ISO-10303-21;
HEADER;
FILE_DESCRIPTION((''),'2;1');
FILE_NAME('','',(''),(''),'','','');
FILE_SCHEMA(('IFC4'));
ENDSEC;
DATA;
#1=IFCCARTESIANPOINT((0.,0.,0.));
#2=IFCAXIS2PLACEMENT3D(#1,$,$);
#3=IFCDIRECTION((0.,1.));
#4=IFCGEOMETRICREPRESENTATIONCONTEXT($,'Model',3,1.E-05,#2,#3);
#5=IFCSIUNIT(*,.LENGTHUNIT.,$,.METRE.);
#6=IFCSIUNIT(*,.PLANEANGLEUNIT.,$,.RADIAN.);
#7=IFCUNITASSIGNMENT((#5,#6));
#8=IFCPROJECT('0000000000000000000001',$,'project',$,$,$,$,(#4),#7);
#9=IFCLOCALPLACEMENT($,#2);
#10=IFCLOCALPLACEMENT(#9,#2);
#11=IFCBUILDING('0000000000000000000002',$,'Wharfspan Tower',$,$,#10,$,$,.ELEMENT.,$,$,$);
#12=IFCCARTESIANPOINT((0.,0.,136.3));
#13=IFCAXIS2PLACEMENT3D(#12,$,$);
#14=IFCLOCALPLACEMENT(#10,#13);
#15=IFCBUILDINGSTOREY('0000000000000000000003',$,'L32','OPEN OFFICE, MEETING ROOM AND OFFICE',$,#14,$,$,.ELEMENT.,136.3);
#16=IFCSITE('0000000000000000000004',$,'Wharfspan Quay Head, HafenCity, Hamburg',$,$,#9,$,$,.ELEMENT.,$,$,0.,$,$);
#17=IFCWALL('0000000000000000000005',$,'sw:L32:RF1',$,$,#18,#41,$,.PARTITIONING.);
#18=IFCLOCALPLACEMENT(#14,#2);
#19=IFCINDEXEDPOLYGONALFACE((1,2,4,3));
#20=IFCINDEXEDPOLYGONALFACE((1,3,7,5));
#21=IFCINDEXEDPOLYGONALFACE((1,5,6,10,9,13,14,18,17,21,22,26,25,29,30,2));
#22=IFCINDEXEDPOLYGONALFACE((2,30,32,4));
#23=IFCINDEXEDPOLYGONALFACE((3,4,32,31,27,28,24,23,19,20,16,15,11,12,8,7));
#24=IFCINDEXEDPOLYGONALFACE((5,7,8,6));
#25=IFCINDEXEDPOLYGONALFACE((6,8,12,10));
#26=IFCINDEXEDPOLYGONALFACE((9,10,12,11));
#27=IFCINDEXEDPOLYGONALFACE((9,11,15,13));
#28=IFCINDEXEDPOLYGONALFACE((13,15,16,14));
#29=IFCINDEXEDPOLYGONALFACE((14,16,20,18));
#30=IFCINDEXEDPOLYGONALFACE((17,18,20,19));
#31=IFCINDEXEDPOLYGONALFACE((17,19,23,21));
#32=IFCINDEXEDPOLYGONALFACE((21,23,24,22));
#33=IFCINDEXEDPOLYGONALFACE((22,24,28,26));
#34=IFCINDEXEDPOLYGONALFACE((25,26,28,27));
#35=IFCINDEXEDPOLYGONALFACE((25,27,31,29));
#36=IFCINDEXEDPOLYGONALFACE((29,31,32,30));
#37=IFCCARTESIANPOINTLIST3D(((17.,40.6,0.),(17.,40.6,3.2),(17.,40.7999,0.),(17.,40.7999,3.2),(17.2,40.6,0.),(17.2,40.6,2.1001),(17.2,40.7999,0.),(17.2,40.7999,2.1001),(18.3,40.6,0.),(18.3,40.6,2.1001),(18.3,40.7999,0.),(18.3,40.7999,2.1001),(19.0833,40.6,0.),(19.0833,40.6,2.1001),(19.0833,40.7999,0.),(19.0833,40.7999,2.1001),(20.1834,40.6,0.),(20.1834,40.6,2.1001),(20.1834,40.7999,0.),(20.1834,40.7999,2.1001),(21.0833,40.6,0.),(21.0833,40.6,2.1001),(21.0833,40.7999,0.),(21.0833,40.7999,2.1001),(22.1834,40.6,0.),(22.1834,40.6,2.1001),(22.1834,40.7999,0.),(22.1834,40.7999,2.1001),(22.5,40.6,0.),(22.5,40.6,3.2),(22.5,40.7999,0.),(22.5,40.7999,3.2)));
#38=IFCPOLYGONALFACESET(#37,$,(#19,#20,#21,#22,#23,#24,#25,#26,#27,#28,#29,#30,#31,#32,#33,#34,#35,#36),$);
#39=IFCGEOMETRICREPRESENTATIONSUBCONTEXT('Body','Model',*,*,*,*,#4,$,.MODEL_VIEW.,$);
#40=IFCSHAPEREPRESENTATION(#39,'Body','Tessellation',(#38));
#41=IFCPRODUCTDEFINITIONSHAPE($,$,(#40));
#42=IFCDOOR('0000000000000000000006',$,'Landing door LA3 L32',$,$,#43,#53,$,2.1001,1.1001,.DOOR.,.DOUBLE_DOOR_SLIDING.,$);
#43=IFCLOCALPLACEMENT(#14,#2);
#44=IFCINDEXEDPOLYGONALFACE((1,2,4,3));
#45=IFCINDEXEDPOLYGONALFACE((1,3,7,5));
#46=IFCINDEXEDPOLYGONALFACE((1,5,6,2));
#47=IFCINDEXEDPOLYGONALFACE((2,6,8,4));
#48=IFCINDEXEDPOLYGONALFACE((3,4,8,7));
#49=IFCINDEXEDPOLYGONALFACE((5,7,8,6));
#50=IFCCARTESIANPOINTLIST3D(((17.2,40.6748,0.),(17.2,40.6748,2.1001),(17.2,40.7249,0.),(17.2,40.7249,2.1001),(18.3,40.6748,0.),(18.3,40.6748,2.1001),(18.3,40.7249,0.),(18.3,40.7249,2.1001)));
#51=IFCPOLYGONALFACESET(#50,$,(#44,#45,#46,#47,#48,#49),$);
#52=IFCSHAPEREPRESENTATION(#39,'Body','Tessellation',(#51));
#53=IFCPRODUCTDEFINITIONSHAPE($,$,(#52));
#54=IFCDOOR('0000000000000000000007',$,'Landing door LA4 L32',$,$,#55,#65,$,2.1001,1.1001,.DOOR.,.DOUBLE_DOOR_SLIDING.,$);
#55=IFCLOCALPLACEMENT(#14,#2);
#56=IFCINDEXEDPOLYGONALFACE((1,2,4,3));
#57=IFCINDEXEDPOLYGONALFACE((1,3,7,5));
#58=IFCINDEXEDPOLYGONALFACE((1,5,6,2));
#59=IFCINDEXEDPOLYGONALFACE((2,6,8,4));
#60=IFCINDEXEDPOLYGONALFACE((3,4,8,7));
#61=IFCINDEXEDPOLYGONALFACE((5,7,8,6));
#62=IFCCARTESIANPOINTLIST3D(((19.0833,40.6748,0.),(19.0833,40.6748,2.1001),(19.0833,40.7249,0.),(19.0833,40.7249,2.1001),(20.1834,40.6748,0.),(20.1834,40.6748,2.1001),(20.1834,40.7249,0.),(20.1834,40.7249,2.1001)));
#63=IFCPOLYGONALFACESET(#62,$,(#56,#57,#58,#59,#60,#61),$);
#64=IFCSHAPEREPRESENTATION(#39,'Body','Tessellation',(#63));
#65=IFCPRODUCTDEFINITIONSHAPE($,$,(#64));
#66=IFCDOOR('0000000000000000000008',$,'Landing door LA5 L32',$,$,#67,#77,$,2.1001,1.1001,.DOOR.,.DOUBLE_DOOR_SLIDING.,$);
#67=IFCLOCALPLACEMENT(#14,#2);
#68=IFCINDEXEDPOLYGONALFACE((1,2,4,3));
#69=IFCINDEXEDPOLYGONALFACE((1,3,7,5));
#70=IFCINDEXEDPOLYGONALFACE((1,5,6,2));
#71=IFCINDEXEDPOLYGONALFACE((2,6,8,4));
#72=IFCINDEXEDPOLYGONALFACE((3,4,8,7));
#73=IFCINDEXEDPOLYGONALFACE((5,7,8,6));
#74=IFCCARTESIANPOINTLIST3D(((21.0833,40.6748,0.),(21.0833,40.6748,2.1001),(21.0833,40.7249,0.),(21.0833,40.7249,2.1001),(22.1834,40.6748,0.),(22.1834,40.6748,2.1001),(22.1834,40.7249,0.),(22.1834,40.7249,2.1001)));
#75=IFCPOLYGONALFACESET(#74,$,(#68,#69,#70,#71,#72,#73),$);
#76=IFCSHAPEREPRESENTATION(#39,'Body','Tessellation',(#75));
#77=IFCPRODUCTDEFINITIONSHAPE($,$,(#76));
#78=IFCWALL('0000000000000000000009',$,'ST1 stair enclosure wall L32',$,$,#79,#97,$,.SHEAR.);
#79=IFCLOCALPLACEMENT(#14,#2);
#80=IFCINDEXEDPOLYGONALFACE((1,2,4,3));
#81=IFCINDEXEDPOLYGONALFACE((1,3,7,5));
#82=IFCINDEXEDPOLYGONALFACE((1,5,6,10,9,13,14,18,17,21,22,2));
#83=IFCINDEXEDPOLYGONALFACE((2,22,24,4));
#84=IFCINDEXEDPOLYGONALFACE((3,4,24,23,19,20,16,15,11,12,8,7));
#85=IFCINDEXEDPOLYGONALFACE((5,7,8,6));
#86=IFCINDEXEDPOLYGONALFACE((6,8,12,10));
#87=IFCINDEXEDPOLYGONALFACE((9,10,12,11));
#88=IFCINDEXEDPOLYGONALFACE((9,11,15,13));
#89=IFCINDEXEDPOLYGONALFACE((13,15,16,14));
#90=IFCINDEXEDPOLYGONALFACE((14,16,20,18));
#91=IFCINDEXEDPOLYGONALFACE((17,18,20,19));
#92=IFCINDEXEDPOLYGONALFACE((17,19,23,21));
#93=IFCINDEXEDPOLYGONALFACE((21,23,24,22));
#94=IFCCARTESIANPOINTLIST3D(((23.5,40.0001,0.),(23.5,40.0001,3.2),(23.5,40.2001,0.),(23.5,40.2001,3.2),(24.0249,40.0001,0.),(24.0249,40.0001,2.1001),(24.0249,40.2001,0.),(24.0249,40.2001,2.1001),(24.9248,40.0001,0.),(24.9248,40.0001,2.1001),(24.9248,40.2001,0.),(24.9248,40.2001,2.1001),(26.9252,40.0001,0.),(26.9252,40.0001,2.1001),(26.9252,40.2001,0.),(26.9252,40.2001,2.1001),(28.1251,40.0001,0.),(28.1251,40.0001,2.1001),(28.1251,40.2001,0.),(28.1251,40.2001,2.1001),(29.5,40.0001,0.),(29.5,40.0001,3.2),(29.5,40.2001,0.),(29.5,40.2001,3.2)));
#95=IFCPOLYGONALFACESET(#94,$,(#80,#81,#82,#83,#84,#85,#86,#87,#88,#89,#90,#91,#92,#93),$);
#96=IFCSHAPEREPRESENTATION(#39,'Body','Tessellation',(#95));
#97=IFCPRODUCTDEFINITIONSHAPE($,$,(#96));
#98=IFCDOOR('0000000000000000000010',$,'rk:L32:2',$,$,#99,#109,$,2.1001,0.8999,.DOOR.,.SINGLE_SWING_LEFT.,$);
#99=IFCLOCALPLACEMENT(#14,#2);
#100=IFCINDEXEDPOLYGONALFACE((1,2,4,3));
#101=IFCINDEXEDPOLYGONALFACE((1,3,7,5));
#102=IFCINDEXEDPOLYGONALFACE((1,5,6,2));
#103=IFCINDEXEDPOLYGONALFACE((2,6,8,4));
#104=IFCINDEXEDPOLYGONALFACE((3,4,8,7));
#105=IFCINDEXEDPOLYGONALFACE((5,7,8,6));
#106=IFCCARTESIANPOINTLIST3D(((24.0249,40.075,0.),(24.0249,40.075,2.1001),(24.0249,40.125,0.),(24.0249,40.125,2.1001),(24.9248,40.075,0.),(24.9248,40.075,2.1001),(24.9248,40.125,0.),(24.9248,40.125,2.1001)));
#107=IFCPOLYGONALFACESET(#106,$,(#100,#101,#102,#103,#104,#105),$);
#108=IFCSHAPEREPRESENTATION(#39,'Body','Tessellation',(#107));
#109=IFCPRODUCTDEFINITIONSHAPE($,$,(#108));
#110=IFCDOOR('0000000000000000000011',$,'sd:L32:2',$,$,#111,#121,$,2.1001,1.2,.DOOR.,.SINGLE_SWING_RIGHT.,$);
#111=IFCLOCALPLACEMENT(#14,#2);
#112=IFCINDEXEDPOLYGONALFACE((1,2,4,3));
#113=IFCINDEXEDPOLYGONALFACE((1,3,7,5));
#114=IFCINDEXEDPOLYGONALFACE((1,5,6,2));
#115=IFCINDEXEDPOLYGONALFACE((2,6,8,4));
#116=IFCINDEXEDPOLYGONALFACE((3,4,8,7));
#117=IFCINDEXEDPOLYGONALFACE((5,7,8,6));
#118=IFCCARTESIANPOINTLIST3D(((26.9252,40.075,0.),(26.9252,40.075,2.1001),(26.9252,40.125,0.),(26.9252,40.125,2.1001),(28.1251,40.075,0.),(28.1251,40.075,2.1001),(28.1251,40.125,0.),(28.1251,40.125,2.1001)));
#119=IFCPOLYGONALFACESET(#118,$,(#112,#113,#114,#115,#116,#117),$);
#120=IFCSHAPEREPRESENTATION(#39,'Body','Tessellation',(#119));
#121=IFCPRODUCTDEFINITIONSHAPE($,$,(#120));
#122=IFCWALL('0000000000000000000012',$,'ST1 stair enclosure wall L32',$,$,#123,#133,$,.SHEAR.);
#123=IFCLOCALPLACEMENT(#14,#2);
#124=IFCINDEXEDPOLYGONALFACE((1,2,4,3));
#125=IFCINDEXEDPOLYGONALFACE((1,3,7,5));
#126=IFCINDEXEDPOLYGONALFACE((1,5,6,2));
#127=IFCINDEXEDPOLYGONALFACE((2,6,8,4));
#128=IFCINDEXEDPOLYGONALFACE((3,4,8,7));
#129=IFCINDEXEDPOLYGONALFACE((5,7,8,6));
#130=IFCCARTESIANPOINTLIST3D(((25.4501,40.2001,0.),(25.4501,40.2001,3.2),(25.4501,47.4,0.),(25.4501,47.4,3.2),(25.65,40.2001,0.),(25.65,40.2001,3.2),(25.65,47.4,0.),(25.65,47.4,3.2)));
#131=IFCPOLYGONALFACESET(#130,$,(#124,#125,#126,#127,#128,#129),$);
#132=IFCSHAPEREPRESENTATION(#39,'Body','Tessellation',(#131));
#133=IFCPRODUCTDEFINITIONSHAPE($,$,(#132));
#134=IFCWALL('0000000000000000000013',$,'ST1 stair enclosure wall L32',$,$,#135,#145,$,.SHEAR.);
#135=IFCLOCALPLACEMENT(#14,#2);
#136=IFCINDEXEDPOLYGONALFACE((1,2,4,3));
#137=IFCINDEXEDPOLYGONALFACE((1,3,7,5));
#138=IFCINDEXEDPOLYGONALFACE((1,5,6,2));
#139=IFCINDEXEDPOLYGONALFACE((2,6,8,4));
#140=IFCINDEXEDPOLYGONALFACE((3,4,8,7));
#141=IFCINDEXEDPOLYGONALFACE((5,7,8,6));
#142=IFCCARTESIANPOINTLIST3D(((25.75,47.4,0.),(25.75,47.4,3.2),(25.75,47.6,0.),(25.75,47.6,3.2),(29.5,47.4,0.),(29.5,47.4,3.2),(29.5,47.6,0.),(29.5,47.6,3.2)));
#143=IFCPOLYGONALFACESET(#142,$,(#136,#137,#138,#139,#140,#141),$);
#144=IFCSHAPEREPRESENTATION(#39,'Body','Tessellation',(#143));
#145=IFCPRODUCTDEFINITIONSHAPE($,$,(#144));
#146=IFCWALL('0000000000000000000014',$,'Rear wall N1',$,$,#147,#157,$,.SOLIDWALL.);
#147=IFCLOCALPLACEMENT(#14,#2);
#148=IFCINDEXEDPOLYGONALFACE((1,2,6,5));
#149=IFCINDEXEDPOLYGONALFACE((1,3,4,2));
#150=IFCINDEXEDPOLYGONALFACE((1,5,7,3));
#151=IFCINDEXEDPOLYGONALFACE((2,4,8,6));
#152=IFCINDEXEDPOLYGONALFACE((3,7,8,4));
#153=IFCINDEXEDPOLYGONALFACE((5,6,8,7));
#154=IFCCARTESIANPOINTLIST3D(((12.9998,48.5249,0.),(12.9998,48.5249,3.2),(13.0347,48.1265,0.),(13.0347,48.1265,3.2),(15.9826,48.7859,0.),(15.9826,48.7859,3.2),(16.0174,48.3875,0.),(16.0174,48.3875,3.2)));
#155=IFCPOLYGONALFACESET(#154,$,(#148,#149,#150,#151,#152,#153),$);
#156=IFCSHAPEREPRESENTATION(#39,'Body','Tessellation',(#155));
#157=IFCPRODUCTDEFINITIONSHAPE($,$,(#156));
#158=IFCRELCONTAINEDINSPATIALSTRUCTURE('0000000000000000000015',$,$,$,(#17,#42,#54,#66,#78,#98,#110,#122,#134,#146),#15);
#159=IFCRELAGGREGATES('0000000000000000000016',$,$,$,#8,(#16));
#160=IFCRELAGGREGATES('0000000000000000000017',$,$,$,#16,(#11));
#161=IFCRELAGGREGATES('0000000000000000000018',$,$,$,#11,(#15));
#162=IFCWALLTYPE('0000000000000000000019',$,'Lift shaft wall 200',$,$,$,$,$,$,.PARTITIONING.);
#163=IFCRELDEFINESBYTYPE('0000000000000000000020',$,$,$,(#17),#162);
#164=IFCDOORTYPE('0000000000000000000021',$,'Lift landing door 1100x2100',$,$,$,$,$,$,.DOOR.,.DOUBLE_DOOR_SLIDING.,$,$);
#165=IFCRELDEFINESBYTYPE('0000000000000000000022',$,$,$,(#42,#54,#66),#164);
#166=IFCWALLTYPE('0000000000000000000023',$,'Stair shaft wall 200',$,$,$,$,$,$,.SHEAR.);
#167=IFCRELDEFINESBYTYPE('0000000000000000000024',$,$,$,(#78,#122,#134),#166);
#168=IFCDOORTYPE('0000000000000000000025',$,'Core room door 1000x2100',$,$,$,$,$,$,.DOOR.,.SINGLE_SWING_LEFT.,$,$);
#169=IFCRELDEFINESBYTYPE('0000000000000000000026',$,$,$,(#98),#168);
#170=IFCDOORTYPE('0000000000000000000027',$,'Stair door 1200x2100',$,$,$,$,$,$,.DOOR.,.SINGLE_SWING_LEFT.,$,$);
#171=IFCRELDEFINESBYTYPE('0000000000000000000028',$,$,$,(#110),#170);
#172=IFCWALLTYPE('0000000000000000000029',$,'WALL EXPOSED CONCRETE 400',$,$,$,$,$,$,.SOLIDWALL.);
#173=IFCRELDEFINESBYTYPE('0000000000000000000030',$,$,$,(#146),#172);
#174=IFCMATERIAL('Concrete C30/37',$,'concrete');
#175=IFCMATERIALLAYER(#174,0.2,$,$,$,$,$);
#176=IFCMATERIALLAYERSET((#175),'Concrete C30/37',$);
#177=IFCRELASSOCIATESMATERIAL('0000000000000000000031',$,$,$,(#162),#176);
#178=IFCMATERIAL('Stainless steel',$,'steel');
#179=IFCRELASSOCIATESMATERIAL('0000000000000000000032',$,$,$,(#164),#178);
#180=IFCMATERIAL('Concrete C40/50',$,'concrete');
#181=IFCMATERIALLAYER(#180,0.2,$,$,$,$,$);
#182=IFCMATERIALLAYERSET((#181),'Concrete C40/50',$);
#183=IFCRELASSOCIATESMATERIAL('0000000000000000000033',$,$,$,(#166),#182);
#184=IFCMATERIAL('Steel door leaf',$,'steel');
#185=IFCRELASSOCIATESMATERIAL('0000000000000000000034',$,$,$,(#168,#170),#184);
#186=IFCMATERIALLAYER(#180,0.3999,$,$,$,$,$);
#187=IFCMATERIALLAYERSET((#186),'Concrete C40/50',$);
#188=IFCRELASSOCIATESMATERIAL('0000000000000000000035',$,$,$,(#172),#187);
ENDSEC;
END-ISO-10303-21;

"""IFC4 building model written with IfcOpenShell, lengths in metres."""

from ifc_helpers import new_model, si_unit, direction, frame, frame_2d, origin, place, context, subcontext, project, spatial, rectangle, extrude, material, layer, layer_set, type_object, element, fill, save


model = new_model("IFC4")

# Units and contexts
model_context = context("Model", 3, precision=1e-05, world=origin(), true_north=direction((0.0, 1.0)))
body_context = subcontext(model_context, "Body", "Model", "MODEL_VIEW")
ifc_project = project(units=[si_unit("LENGTHUNIT", "METRE"), si_unit("PLANEANGLEUNIT", "RADIAN")], contexts=[model_context])

# Site, building, storey
site_placement = place(None, origin())
site = spatial("IfcSite", under=ifc_project, at=site_placement, Name="Wharfspan Quay Head, HafenCity, Hamburg", CompositionType="ELEMENT", RefElevation=0.0)
building_placement = place(site_placement, origin())
building = spatial("IfcBuilding", under=site, at=building_placement, Name="Wharfspan Tower", CompositionType="ELEMENT")
storey_placement = place(building_placement, frame((0.0, 0.0, 136.3)))
storey = spatial("IfcBuildingStorey", under=building, at=storey_placement, Name="L32", Description="OPEN OFFICE, MEETING ROOM AND OFFICE", CompositionType="ELEMENT", Elevation=136.3)

# Walls, openings, doors
ifc_material_1 = material(Name="Concrete C30/37", Category="concrete")
ifc_layer_1 = layer(ifc_material_1, 0.2)
ifc_layer_set_1 = layer_set([ifc_layer_1], Name="Concrete C30/37")
wall_type_1 = type_object("IfcWallType", Name="Lift shaft wall 200", PredefinedType="PARTITIONING", material=ifc_layer_set_1)
wall_1_placement = place(storey_placement, frame((17.0, 40.7, 0.0), z_axis=(0.0, 0.0, 1.0), x_axis=(1.0, 0.0, 0.0)))
wall_1 = element("IfcWall", 1, at=wall_1_placement, inside=storey, type_object=wall_type_1, Name="sw:L32:RF1", PredefinedType="PARTITIONING", context=body_context, shape_type="SweptSolid", body=[
    extrude(rectangle(XDim=5.5, YDim=0.2, at=frame_2d((2.75, 0.0))), origin(), (0.0, 0.0, 1.0), 3.2),
])
opening_1_placement = place(wall_1_placement, frame((0.2, 0.0, 0.0)))
opening_1 = element("IfcOpeningElement", 2, at=opening_1_placement, cuts=wall_1, PredefinedType="OPENING", context=body_context, shape_type="SweptSolid", body=[
    extrude(rectangle(XDim=1.1001, YDim=2.1001, at=frame_2d((0.55, 1.05))), frame((0.0, 0.1099, 0.0), z_axis=(0.0, -1.0, 0.0), x_axis=(1.0, 0.0, 0.0)), (0.0, 0.0, 1.0), 0.22),
])
opening_2_placement = place(wall_1_placement, frame((2.0833, 0.0, 0.0)))
opening_2 = element("IfcOpeningElement", 3, at=opening_2_placement, cuts=wall_1, PredefinedType="OPENING", context=body_context, shape_type="SweptSolid", body=[
    extrude(rectangle(XDim=1.1001, YDim=2.1001, at=frame_2d((0.55, 1.05))), frame((0.0, 0.1099, 0.0), z_axis=(0.0, -1.0, 0.0), x_axis=(1.0, 0.0, 0.0)), (0.0, 0.0, 1.0), 0.22),
])
opening_3_placement = place(wall_1_placement, frame((4.0833, 0.0, 0.0)))
opening_3 = element("IfcOpeningElement", 4, at=opening_3_placement, cuts=wall_1, PredefinedType="OPENING", context=body_context, shape_type="SweptSolid", body=[
    extrude(rectangle(XDim=1.1001, YDim=2.1001, at=frame_2d((0.55, 1.05))), frame((0.0, 0.1099, 0.0), z_axis=(0.0, -1.0, 0.0), x_axis=(1.0, 0.0, 0.0)), (0.0, 0.0, 1.0), 0.22),
])
ifc_material_2 = material(Name="Stainless steel", Category="steel")
door_type_1 = type_object("IfcDoorType", Name="Lift landing door 1100x2100", OperationType="DOUBLE_DOOR_SLIDING", PredefinedType="DOOR", material=ifc_material_2)
door_1_placement = place(opening_1_placement, origin())
door_1 = element("IfcDoor", 5, at=door_1_placement, inside=storey, type_object=door_type_1, Name="Landing door LA3 L32", OperationType="DOUBLE_DOOR_SLIDING", OverallHeight=2.1001, OverallWidth=1.1001, PredefinedType="DOOR", context=body_context, shape_type="SweptSolid", body=[
    extrude(rectangle(XDim=1.1001, YDim=2.1001, at=frame_2d((0.55, 1.05))), frame((0.0, 0.0249, 0.0), z_axis=(0.0, -1.0, 0.0), x_axis=(1.0, 0.0, 0.0)), (0.0, 0.0, 1.0), 0.05),
])
fill(opening_1, door_1)
door_2_placement = place(opening_2_placement, origin())
door_2 = element("IfcDoor", 6, at=door_2_placement, inside=storey, type_object=door_type_1, Name="Landing door LA4 L32", OperationType="DOUBLE_DOOR_SLIDING", OverallHeight=2.1001, OverallWidth=1.1001, PredefinedType="DOOR", context=body_context, shape_type="SweptSolid", body=[
    extrude(rectangle(XDim=1.1001, YDim=2.1001, at=frame_2d((0.55, 1.05))), frame((0.0, 0.0249, 0.0), z_axis=(0.0, -1.0, 0.0), x_axis=(1.0, 0.0, 0.0)), (0.0, 0.0, 1.0), 0.05),
])
fill(opening_2, door_2)
door_3_placement = place(opening_3_placement, origin())
door_3 = element("IfcDoor", 7, at=door_3_placement, inside=storey, type_object=door_type_1, Name="Landing door LA5 L32", OperationType="DOUBLE_DOOR_SLIDING", OverallHeight=2.1001, OverallWidth=1.1001, PredefinedType="DOOR", context=body_context, shape_type="SweptSolid", body=[
    extrude(rectangle(XDim=1.1001, YDim=2.1001, at=frame_2d((0.55, 1.05))), frame((0.0, 0.0249, 0.0), z_axis=(0.0, -1.0, 0.0), x_axis=(1.0, 0.0, 0.0)), (0.0, 0.0, 1.0), 0.05),
])
fill(opening_3, door_3)
ifc_material_3 = material(Name="Concrete C40/50", Category="concrete")
ifc_layer_2 = layer(ifc_material_3, 0.2)
ifc_layer_set_2 = layer_set([ifc_layer_2], Name="Concrete C40/50")
wall_type_2 = type_object("IfcWallType", Name="Stair shaft wall 200", PredefinedType="SHEAR", material=ifc_layer_set_2)
wall_2_placement = place(storey_placement, frame((23.5, 40.1001, 0.0), z_axis=(0.0, 0.0, 1.0), x_axis=(1.0, 0.0, 0.0)))
wall_2 = element("IfcWall", 8, at=wall_2_placement, inside=storey, type_object=wall_type_2, Name="ST1 stair enclosure wall L32", PredefinedType="SHEAR", context=body_context, shape_type="SweptSolid", body=[
    extrude(rectangle(XDim=6.0, YDim=0.2, at=frame_2d((3.0, 0.0))), origin(), (0.0, 0.0, 1.0), 3.2),
])
opening_4_placement = place(wall_2_placement, frame((3.425, 0.0, 0.0)))
opening_4 = element("IfcOpeningElement", 9, at=opening_4_placement, cuts=wall_2, PredefinedType="OPENING", context=body_context, shape_type="SweptSolid", body=[
    extrude(rectangle(XDim=1.2, YDim=2.1001, at=frame_2d((0.6001, 1.05))), frame((0.0, 0.1099, 0.0), z_axis=(0.0, -1.0, 0.0), x_axis=(1.0, 0.0, 0.0)), (0.0, 0.0, 1.0), 0.22),
])
opening_5_placement = place(wall_2_placement, frame((0.5249, 0.0, 0.0)))
opening_5 = element("IfcOpeningElement", 10, at=opening_5_placement, cuts=wall_2, PredefinedType="OPENING", context=body_context, shape_type="SweptSolid", body=[
    extrude(rectangle(XDim=0.8999, YDim=2.1001, at=frame_2d((0.45, 1.05))), frame((0.0, 0.1099, 0.0), z_axis=(0.0, -1.0, 0.0), x_axis=(1.0, 0.0, 0.0)), (0.0, 0.0, 1.0), 0.22),
])
ifc_material_4 = material(Name="Steel door leaf", Category="steel")
door_type_2 = type_object("IfcDoorType", Name="Core room door 1000x2100", OperationType="SINGLE_SWING_LEFT", PredefinedType="DOOR", material=ifc_material_4)
door_4_placement = place(opening_5_placement, origin())
door_4 = element("IfcDoor", 11, at=door_4_placement, inside=storey, type_object=door_type_2, Name="rk:L32:2", OperationType="SINGLE_SWING_LEFT", OverallHeight=2.1001, OverallWidth=0.8999, PredefinedType="DOOR", context=body_context, shape_type="SweptSolid", body=[
    extrude(rectangle(XDim=0.8999, YDim=2.1001, at=frame_2d((0.45, 1.05))), frame((0.0, 0.0249, 0.0), z_axis=(0.0, -1.0, 0.0), x_axis=(1.0, 0.0, 0.0)), (0.0, 0.0, 1.0), 0.05),
])
fill(opening_5, door_4)
door_type_3 = type_object("IfcDoorType", Name="Stair door 1200x2100", OperationType="SINGLE_SWING_LEFT", PredefinedType="DOOR", material=ifc_material_4)
door_5_placement = place(opening_4_placement, origin())
door_5 = element("IfcDoor", 12, at=door_5_placement, inside=storey, type_object=door_type_3, Name="sd:L32:2", OperationType="SINGLE_SWING_RIGHT", OverallHeight=2.1001, OverallWidth=1.2, PredefinedType="DOOR", context=body_context, shape_type="SweptSolid", body=[
    extrude(rectangle(XDim=1.2, YDim=2.1001, at=frame_2d((0.6001, 1.05))), frame((0.0, 0.0249, 0.0), z_axis=(0.0, -1.0, 0.0), x_axis=(1.0, 0.0, 0.0)), (0.0, 0.0, 1.0), 0.05),
])
fill(opening_4, door_5)

# Walls
wall_3_placement = place(storey_placement, frame((25.55, 40.2, 0.0), z_axis=(0.0, 0.0, 1.0), x_axis=(0.0, 1.0, 0.0)))
element("IfcWall", 13, at=wall_3_placement, inside=storey, type_object=wall_type_2, Name="ST1 stair enclosure wall L32", PredefinedType="SHEAR", context=body_context, shape_type="SweptSolid", body=[
    extrude(rectangle(XDim=7.2, YDim=0.2, at=frame_2d((3.6001, 0.0))), origin(), (0.0, 0.0, 1.0), 3.2),
])
wall_4_placement = place(storey_placement, frame((25.75, 47.5, 0.0), z_axis=(0.0, 0.0, 1.0), x_axis=(1.0, 0.0, 0.0)))
element("IfcWall", 14, at=wall_4_placement, inside=storey, type_object=wall_type_2, Name="ST1 stair enclosure wall L32", PredefinedType="SHEAR", context=body_context, shape_type="SweptSolid", body=[
    extrude(rectangle(XDim=3.75, YDim=0.2, at=frame_2d((1.875, 0.0))), origin(), (0.0, 0.0, 1.0), 3.2),
])
ifc_layer_3 = layer(ifc_material_3, 0.3999)
ifc_layer_set_3 = layer_set([ifc_layer_3], Name="Concrete C40/50")
wall_type_3 = type_object("IfcWallType", Name="WALL EXPOSED CONCRETE 400", PredefinedType="SOLIDWALL", material=ifc_layer_set_3)
wall_5_placement = place(storey_placement, frame((16.0, 48.5867, 0.0), z_axis=(0.0, 0.0, 1.0), x_axis=(-0.996194, -0.087168, 0.0)))
element("IfcWall", 15, at=wall_5_placement, inside=storey, type_object=wall_type_3, Name="Rear wall N1", PredefinedType="SOLIDWALL", context=body_context, shape_type="SweptSolid", body=[
    extrude(rectangle(XDim=2.9941, YDim=0.3999, at=frame_2d((1.4971, 0.0))), origin(), (0.0, 0.0, 1.0), 3.2),
])

save(model, "model.ifc")
